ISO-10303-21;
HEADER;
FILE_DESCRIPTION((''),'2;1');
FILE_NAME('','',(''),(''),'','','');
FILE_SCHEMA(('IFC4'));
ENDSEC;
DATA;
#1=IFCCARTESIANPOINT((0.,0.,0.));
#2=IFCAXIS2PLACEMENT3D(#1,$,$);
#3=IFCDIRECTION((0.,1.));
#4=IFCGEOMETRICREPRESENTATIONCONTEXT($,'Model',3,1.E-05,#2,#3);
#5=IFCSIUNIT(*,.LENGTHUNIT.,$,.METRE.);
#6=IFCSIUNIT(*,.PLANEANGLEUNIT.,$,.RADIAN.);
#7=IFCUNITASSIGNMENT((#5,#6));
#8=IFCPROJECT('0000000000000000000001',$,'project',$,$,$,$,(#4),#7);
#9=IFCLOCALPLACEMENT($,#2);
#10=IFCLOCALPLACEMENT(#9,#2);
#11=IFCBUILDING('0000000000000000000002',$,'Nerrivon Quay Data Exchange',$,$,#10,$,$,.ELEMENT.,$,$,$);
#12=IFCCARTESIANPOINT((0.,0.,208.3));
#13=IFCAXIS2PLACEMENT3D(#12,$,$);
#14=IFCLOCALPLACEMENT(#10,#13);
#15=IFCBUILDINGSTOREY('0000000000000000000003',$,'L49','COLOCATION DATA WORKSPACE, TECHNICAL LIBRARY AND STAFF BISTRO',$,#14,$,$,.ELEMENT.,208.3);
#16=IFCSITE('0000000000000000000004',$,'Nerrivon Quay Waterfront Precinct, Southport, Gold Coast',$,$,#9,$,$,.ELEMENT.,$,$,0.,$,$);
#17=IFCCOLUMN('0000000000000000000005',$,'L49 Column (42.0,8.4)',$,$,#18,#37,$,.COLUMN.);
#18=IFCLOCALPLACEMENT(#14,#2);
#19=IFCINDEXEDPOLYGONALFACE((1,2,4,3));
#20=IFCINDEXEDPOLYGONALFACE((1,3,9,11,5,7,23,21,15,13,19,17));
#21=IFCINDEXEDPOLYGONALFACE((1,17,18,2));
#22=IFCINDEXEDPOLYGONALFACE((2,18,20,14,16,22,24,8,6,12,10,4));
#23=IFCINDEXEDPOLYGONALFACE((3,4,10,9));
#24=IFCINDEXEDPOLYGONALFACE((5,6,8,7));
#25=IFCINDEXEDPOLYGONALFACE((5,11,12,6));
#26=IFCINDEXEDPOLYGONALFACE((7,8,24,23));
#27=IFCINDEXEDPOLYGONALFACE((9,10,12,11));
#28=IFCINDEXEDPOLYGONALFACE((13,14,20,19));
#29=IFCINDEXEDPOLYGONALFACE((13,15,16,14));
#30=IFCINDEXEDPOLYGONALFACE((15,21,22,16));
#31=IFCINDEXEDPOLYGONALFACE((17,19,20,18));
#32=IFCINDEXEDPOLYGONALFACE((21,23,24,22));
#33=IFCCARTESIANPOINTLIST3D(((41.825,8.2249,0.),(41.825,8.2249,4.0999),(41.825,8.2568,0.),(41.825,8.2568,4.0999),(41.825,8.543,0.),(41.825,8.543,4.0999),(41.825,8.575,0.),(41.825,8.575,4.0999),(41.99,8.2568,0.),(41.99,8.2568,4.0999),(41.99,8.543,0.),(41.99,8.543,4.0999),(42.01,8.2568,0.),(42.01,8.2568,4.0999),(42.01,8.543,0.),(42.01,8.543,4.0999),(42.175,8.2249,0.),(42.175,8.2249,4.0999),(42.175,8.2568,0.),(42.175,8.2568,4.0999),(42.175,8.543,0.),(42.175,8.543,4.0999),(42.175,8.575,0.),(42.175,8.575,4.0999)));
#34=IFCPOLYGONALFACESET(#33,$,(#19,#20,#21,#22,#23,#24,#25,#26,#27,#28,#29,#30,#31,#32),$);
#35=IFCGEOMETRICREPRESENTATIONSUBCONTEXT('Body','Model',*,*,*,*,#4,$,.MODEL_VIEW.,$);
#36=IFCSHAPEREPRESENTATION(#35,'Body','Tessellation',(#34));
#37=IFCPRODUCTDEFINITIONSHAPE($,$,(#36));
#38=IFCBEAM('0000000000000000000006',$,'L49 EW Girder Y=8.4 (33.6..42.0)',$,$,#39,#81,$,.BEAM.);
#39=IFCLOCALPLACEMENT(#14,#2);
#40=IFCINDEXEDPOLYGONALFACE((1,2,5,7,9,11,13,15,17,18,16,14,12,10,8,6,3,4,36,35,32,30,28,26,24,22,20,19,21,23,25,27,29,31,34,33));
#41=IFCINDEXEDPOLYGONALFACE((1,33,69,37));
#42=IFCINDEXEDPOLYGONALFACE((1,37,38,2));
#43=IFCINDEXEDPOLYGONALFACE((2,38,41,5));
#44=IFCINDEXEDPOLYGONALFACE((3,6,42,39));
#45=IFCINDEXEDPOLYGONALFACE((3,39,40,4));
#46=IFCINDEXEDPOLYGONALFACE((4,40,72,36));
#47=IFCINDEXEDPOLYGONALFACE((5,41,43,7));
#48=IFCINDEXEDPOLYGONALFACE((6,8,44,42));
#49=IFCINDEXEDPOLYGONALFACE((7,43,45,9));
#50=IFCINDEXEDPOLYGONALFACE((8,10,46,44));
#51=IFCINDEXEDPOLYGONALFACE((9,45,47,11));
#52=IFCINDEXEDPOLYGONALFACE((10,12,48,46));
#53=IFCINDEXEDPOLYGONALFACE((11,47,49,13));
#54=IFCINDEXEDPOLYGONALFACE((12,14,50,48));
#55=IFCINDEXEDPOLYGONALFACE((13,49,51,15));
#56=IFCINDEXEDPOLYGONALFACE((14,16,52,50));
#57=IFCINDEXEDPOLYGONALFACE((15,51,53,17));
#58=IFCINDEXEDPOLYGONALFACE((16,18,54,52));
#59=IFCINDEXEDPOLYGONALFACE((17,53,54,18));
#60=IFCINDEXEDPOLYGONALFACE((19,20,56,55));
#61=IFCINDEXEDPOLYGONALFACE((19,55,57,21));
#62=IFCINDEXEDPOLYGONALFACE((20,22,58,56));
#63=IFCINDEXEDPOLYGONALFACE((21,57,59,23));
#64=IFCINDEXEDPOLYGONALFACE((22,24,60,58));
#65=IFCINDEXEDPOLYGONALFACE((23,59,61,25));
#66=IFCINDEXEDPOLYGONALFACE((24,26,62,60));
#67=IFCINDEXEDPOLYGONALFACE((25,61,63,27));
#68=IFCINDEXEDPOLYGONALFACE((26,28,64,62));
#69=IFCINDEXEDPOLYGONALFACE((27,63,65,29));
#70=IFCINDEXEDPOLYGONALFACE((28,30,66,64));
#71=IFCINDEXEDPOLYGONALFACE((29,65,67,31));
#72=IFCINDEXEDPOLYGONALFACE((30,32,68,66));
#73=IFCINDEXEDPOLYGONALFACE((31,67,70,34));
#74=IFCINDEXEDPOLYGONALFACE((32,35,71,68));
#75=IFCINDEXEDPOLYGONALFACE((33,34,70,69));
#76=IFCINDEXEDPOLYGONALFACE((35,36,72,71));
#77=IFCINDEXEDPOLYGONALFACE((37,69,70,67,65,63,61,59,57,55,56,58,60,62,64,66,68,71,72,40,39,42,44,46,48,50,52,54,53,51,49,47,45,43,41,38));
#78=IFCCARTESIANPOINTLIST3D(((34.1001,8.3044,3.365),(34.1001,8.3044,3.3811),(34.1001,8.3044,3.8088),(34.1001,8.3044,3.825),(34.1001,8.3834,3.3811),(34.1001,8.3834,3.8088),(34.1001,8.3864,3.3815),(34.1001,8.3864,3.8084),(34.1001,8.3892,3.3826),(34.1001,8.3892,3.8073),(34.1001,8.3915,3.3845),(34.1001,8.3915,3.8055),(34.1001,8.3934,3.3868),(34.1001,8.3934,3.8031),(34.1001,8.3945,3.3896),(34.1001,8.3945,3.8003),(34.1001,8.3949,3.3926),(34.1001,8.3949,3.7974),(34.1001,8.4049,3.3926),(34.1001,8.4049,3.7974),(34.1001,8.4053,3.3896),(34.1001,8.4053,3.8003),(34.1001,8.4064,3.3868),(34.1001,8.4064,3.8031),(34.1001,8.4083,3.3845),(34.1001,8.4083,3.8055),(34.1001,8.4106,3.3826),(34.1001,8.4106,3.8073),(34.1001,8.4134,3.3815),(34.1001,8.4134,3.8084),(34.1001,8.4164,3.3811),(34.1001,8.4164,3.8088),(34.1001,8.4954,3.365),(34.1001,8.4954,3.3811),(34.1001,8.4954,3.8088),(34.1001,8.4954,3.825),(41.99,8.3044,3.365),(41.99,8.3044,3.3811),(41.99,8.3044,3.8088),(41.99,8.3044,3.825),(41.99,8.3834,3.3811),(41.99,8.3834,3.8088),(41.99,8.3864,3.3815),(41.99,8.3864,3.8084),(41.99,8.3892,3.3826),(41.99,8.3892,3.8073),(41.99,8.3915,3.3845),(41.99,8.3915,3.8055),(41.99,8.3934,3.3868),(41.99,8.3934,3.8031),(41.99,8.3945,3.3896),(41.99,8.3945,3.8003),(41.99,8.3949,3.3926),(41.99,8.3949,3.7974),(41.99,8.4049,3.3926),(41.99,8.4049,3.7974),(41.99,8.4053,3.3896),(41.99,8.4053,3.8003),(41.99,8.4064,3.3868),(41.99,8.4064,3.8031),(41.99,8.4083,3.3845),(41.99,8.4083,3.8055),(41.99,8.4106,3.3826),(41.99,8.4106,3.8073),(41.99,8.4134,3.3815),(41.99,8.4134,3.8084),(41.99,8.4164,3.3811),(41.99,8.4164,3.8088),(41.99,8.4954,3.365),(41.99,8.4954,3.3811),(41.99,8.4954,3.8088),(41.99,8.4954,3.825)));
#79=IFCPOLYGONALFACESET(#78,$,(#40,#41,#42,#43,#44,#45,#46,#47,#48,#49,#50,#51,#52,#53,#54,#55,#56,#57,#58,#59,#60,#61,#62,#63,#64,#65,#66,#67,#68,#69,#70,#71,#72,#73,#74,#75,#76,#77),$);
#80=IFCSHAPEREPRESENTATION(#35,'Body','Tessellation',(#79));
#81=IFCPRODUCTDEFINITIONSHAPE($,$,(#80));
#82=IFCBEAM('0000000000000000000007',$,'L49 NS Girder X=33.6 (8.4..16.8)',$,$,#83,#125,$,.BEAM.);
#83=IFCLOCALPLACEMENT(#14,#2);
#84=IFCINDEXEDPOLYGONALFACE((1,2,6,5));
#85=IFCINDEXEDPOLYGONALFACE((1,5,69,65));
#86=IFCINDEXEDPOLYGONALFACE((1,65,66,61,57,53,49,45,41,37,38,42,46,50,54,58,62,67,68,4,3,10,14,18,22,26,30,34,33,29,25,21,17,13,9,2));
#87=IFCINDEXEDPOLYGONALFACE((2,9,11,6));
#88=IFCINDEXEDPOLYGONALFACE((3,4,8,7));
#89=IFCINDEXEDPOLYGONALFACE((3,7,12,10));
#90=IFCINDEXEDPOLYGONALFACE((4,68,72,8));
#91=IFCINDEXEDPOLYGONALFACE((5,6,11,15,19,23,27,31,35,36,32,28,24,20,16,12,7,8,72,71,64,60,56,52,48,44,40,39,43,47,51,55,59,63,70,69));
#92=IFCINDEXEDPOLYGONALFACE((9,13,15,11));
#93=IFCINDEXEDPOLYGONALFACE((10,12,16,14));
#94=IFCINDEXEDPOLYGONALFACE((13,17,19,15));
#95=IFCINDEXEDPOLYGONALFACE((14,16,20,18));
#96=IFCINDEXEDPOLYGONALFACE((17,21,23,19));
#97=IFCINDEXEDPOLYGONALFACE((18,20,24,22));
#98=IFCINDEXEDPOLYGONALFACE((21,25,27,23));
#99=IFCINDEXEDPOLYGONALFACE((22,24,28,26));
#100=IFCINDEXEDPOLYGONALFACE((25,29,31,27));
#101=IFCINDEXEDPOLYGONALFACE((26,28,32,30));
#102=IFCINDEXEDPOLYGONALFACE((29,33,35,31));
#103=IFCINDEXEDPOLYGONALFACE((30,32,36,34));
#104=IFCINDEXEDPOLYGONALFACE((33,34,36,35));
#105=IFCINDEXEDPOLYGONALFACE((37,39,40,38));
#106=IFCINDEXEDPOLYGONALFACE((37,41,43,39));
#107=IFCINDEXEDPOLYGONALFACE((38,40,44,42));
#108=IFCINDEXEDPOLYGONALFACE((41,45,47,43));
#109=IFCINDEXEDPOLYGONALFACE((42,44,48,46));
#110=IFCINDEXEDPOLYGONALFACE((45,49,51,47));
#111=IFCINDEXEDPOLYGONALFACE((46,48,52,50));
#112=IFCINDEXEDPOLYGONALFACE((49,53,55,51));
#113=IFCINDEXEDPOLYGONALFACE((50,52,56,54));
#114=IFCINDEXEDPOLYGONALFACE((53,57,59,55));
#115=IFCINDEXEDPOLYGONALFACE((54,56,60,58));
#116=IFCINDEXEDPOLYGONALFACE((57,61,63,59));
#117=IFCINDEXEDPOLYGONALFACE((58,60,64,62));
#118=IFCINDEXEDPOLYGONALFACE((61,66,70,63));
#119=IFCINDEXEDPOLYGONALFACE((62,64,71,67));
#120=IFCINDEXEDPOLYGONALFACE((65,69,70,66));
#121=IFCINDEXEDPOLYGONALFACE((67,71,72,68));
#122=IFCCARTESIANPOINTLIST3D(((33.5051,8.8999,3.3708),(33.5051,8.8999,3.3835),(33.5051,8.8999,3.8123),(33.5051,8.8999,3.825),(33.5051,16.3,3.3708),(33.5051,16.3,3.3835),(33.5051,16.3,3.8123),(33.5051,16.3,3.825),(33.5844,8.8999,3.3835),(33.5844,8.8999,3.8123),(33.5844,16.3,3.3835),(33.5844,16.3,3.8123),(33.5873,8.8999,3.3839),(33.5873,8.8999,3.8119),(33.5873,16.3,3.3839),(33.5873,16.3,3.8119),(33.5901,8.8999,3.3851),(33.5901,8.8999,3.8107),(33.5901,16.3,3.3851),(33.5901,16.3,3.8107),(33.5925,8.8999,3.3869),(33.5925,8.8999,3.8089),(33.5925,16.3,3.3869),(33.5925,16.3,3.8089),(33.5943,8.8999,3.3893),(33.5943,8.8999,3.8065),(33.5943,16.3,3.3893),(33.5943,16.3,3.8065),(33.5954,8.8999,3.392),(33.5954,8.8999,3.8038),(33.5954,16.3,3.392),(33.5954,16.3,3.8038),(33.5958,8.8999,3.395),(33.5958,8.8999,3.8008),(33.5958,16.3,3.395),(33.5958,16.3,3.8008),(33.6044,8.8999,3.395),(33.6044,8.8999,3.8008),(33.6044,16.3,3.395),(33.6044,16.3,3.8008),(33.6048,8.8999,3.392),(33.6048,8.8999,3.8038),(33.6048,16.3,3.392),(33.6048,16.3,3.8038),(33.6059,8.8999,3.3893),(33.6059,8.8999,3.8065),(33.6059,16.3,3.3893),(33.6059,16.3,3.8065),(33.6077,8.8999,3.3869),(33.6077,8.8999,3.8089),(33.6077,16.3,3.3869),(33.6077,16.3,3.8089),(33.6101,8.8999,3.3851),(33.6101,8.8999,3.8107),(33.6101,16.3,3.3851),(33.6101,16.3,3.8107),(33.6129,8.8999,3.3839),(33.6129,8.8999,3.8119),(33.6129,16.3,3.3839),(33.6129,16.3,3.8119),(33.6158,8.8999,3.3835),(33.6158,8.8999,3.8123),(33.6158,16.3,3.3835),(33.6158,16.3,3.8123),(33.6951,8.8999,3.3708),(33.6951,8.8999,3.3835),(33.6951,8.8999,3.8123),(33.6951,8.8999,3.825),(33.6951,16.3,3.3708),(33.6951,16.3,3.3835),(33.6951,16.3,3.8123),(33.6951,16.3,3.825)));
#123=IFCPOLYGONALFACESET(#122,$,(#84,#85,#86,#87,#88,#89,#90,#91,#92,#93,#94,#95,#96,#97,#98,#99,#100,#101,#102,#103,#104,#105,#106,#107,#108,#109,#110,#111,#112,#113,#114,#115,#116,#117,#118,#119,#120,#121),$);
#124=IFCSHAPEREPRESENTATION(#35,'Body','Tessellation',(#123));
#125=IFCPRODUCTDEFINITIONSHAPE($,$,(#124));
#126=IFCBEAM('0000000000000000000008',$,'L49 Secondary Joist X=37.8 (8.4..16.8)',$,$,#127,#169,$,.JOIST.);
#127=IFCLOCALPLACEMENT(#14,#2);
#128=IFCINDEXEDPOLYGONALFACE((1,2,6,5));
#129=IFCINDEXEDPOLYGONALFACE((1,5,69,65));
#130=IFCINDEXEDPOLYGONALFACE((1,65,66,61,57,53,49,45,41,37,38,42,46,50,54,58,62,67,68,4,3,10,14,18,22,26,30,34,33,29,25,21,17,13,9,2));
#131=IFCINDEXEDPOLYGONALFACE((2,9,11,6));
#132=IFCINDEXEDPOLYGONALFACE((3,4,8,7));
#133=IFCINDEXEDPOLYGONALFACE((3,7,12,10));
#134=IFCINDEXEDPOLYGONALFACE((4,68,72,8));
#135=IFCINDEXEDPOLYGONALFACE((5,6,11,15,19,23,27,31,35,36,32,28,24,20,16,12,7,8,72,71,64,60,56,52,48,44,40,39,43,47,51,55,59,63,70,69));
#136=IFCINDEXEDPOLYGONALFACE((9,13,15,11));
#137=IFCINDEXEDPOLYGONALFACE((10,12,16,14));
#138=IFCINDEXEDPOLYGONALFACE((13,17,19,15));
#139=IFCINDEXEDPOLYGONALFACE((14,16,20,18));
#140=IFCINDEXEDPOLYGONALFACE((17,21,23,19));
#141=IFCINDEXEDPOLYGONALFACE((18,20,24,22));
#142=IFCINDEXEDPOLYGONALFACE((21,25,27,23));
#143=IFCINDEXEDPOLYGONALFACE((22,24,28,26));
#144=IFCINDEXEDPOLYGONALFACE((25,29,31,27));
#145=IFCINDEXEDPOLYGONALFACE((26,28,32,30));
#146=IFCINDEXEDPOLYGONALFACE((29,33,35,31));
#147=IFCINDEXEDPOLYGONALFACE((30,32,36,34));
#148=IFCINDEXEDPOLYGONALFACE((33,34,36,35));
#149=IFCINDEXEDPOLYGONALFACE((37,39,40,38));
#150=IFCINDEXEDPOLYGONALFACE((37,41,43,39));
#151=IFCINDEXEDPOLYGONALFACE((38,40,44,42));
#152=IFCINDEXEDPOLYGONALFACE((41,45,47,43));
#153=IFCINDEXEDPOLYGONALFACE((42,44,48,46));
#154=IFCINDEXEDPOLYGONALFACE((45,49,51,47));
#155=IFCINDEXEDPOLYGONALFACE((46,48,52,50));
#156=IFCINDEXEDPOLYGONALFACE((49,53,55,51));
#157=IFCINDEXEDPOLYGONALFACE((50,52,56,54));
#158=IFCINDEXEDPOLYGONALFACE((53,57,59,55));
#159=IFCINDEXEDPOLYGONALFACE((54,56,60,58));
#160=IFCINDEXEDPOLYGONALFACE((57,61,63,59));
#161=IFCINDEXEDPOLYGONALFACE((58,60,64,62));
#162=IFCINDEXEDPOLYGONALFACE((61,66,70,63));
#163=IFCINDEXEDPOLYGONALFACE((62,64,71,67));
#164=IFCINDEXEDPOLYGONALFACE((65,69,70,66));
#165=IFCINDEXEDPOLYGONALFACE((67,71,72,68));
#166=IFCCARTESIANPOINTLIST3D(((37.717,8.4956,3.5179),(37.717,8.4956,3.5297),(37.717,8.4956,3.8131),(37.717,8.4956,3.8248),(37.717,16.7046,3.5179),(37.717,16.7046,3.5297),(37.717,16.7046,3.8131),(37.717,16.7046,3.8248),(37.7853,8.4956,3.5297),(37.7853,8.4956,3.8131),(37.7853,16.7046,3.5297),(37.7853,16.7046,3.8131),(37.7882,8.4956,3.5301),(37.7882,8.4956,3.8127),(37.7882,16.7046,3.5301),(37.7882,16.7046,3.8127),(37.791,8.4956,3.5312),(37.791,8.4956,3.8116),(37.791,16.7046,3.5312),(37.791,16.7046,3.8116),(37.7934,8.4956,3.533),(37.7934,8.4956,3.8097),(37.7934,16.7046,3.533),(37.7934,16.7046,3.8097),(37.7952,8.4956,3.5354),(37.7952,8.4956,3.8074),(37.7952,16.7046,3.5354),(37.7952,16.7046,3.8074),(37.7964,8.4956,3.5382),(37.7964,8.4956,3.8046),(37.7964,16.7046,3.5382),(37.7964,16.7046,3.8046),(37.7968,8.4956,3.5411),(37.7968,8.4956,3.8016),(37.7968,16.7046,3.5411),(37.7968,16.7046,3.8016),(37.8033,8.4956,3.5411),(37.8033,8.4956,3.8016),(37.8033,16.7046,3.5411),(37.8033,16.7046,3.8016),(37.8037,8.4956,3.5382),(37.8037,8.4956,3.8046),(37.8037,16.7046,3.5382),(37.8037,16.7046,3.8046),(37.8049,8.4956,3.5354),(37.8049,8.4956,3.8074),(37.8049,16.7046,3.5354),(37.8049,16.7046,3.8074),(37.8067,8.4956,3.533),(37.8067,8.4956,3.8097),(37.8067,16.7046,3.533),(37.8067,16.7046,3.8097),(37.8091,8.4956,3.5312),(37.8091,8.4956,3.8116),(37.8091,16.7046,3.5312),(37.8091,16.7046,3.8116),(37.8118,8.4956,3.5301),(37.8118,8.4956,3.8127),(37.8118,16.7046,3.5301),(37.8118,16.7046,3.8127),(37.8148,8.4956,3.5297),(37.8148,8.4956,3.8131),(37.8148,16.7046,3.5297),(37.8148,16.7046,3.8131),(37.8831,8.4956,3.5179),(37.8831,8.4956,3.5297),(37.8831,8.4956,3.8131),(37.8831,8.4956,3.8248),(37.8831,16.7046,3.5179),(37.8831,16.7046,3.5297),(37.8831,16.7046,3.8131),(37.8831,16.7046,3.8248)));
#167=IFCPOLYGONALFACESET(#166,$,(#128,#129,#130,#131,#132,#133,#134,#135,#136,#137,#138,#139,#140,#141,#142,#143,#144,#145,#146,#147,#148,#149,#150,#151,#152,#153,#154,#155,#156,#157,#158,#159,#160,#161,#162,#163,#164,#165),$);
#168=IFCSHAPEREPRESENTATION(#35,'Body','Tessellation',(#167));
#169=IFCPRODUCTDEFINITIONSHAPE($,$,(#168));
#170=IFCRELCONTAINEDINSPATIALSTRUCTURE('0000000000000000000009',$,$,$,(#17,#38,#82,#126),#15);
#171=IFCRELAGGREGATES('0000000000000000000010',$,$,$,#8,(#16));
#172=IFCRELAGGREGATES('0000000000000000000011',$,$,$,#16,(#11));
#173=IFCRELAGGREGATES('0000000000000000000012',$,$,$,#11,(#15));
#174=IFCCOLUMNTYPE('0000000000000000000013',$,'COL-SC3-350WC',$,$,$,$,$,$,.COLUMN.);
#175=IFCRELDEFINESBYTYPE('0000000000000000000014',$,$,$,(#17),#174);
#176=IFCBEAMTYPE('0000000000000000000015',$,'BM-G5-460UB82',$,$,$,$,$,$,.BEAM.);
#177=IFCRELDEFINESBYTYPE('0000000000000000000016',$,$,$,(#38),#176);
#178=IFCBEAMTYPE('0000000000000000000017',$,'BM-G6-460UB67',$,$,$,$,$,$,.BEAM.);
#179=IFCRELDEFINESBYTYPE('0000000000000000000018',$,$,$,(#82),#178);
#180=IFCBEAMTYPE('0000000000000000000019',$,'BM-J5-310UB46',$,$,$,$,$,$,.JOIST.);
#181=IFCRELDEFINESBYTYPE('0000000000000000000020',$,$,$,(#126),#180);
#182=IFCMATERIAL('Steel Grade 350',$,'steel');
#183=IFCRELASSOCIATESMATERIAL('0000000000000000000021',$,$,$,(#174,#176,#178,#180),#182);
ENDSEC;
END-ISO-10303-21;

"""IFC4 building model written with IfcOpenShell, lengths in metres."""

from ifc_helpers import new_model, si_unit, direction, frame, origin, origin_2d, place, context, subcontext, project, spatial, i_section, extrude, material, material_profile, profile_set, type_object, element, save


model = new_model("IFC4")

# Units and contexts
model_context = context("Model", 3, precision=1e-05, world=origin(), true_north=direction((0.0, 1.0)))
body_context = subcontext(model_context, "Body", "Model", "MODEL_VIEW")
ifc_project = project(units=[si_unit("LENGTHUNIT", "METRE"), si_unit("PLANEANGLEUNIT", "RADIAN")], contexts=[model_context])

# Site, building, storey
site_placement = place(None, origin())
site = spatial("IfcSite", under=ifc_project, at=site_placement, Name="Nerrivon Quay Waterfront Precinct, Southport, Gold Coast", CompositionType="ELEMENT", RefElevation=0.0)
building_placement = place(site_placement, origin())
building = spatial("IfcBuilding", under=site, at=building_placement, Name="Nerrivon Quay Data Exchange", CompositionType="ELEMENT")
storey_placement = place(building_placement, frame((0.0, 0.0, 208.3)))
storey = spatial("IfcBuildingStorey", under=building, at=storey_placement, Name="L49", Description="COLOCATION DATA WORKSPACE, TECHNICAL LIBRARY AND STAFF BISTRO", CompositionType="ELEMENT", Elevation=208.3)

# Column
ifc_material_1 = material(Name="Steel Grade 350", Category="steel")
ifc_material_profile_1 = material_profile(ifc_material_1, i_section(OverallWidth=0.3501, OverallDepth=0.3501, WebThickness=0.02, FlangeThickness=0.032, at=origin_2d()), Name="350WC230")
ifc_profile_set_1 = profile_set([ifc_material_profile_1], Name="Steel Grade 350")
column_type = type_object("IfcColumnType", Name="COL-SC3-350WC", PredefinedType="COLUMN", material=ifc_profile_set_1)
column_placement = place(storey_placement, frame((42.0, 8.3999, 0.0), z_axis=(0.0, 0.0, 1.0), x_axis=(1.0, 0.0, 0.0)))
element("IfcColumn", 1, at=column_placement, inside=storey, type_object=column_type, Name="L49 Column (42.0,8.4)", PredefinedType="COLUMN", context=body_context, shape_type="SweptSolid", body=[
    extrude(i_section(OverallWidth=0.3501, OverallDepth=0.3501, WebThickness=0.02, FlangeThickness=0.032, at=origin_2d()), origin(), (0.0, 0.0, 1.0), 4.0999),
])

# Beams
ifc_material_profile_2 = material_profile(ifc_material_1, i_section(OverallWidth=0.1909, OverallDepth=0.46, WebThickness=0.01, FlangeThickness=0.0161, FilletRadius=0.0115, at=origin_2d()), Name="460UB82.1")
ifc_profile_set_2 = profile_set([ifc_material_profile_2], Name="Steel Grade 350")
beam_type_1 = type_object("IfcBeamType", Name="BM-G5-460UB82", PredefinedType="BEAM", material=ifc_profile_set_2)
beam_1_placement = place(storey_placement, frame((34.1001, 8.3999, 3.595), z_axis=(1.0, 0.0, 0.0), x_axis=(0.0, 1.0, 0.0)))
element("IfcBeam", 2, at=beam_1_placement, inside=storey, type_object=beam_type_1, Name="L49 EW Girder Y=8.4 (33.6..42.0)", PredefinedType="BEAM", context=body_context, shape_type="SweptSolid", body=[
    extrude(i_section(OverallWidth=0.1909, OverallDepth=0.46, WebThickness=0.01, FlangeThickness=0.0161, FilletRadius=0.0115, at=origin_2d()), origin(), (0.0, 0.0, 1.0), 7.8899),
])
ifc_material_profile_3 = material_profile(ifc_material_1, i_section(OverallWidth=0.1899, OverallDepth=0.4541, WebThickness=0.0085, FlangeThickness=0.0127, FilletRadius=0.0115, at=origin_2d()), Name="460UB67.1")
ifc_profile_set_3 = profile_set([ifc_material_profile_3], Name="Steel Grade 350")
beam_type_2 = type_object("IfcBeamType", Name="BM-G6-460UB67", PredefinedType="BEAM", material=ifc_profile_set_3)
beam_2_placement = place(storey_placement, frame((33.6001, 8.8999, 3.5979), z_axis=(0.0, 1.0, 0.0), x_axis=(-1.0, 0.0, 0.0)))
element("IfcBeam", 3, at=beam_2_placement, inside=storey, type_object=beam_type_2, Name="L49 NS Girder X=33.6 (8.4..16.8)", PredefinedType="BEAM", context=body_context, shape_type="SweptSolid", body=[
    extrude(i_section(OverallWidth=0.1899, OverallDepth=0.4541, WebThickness=0.0085, FlangeThickness=0.0127, FilletRadius=0.0115, at=origin_2d()), origin(), (0.0, 0.0, 1.0), 7.4001),
])
ifc_material_profile_4 = material_profile(ifc_material_1, i_section(OverallWidth=0.166, OverallDepth=0.3069, WebThickness=0.0066, FlangeThickness=0.0117, FilletRadius=0.0115, at=origin_2d()), Name="310UB46.2")
ifc_profile_set_4 = profile_set([ifc_material_profile_4], Name="Steel Grade 350")
beam_type_3 = type_object("IfcBeamType", Name="BM-J5-310UB46", PredefinedType="JOIST", material=ifc_profile_set_4)
beam_3_placement = place(storey_placement, frame((37.8, 8.4956, 3.6714), z_axis=(0.0, 1.0, 0.0), x_axis=(-1.0, 0.0, 0.0)))
element("IfcBeam", 4, at=beam_3_placement, inside=storey, type_object=beam_type_3, Name="L49 Secondary Joist X=37.8 (8.4..16.8)", PredefinedType="JOIST", context=body_context, shape_type="SweptSolid", body=[
    extrude(i_section(OverallWidth=0.166, OverallDepth=0.3069, WebThickness=0.0066, FlangeThickness=0.0117, FilletRadius=0.0115, at=origin_2d()), origin(), (0.0, 0.0, 1.0), 8.209),
])

save(model, "model.ifc")
